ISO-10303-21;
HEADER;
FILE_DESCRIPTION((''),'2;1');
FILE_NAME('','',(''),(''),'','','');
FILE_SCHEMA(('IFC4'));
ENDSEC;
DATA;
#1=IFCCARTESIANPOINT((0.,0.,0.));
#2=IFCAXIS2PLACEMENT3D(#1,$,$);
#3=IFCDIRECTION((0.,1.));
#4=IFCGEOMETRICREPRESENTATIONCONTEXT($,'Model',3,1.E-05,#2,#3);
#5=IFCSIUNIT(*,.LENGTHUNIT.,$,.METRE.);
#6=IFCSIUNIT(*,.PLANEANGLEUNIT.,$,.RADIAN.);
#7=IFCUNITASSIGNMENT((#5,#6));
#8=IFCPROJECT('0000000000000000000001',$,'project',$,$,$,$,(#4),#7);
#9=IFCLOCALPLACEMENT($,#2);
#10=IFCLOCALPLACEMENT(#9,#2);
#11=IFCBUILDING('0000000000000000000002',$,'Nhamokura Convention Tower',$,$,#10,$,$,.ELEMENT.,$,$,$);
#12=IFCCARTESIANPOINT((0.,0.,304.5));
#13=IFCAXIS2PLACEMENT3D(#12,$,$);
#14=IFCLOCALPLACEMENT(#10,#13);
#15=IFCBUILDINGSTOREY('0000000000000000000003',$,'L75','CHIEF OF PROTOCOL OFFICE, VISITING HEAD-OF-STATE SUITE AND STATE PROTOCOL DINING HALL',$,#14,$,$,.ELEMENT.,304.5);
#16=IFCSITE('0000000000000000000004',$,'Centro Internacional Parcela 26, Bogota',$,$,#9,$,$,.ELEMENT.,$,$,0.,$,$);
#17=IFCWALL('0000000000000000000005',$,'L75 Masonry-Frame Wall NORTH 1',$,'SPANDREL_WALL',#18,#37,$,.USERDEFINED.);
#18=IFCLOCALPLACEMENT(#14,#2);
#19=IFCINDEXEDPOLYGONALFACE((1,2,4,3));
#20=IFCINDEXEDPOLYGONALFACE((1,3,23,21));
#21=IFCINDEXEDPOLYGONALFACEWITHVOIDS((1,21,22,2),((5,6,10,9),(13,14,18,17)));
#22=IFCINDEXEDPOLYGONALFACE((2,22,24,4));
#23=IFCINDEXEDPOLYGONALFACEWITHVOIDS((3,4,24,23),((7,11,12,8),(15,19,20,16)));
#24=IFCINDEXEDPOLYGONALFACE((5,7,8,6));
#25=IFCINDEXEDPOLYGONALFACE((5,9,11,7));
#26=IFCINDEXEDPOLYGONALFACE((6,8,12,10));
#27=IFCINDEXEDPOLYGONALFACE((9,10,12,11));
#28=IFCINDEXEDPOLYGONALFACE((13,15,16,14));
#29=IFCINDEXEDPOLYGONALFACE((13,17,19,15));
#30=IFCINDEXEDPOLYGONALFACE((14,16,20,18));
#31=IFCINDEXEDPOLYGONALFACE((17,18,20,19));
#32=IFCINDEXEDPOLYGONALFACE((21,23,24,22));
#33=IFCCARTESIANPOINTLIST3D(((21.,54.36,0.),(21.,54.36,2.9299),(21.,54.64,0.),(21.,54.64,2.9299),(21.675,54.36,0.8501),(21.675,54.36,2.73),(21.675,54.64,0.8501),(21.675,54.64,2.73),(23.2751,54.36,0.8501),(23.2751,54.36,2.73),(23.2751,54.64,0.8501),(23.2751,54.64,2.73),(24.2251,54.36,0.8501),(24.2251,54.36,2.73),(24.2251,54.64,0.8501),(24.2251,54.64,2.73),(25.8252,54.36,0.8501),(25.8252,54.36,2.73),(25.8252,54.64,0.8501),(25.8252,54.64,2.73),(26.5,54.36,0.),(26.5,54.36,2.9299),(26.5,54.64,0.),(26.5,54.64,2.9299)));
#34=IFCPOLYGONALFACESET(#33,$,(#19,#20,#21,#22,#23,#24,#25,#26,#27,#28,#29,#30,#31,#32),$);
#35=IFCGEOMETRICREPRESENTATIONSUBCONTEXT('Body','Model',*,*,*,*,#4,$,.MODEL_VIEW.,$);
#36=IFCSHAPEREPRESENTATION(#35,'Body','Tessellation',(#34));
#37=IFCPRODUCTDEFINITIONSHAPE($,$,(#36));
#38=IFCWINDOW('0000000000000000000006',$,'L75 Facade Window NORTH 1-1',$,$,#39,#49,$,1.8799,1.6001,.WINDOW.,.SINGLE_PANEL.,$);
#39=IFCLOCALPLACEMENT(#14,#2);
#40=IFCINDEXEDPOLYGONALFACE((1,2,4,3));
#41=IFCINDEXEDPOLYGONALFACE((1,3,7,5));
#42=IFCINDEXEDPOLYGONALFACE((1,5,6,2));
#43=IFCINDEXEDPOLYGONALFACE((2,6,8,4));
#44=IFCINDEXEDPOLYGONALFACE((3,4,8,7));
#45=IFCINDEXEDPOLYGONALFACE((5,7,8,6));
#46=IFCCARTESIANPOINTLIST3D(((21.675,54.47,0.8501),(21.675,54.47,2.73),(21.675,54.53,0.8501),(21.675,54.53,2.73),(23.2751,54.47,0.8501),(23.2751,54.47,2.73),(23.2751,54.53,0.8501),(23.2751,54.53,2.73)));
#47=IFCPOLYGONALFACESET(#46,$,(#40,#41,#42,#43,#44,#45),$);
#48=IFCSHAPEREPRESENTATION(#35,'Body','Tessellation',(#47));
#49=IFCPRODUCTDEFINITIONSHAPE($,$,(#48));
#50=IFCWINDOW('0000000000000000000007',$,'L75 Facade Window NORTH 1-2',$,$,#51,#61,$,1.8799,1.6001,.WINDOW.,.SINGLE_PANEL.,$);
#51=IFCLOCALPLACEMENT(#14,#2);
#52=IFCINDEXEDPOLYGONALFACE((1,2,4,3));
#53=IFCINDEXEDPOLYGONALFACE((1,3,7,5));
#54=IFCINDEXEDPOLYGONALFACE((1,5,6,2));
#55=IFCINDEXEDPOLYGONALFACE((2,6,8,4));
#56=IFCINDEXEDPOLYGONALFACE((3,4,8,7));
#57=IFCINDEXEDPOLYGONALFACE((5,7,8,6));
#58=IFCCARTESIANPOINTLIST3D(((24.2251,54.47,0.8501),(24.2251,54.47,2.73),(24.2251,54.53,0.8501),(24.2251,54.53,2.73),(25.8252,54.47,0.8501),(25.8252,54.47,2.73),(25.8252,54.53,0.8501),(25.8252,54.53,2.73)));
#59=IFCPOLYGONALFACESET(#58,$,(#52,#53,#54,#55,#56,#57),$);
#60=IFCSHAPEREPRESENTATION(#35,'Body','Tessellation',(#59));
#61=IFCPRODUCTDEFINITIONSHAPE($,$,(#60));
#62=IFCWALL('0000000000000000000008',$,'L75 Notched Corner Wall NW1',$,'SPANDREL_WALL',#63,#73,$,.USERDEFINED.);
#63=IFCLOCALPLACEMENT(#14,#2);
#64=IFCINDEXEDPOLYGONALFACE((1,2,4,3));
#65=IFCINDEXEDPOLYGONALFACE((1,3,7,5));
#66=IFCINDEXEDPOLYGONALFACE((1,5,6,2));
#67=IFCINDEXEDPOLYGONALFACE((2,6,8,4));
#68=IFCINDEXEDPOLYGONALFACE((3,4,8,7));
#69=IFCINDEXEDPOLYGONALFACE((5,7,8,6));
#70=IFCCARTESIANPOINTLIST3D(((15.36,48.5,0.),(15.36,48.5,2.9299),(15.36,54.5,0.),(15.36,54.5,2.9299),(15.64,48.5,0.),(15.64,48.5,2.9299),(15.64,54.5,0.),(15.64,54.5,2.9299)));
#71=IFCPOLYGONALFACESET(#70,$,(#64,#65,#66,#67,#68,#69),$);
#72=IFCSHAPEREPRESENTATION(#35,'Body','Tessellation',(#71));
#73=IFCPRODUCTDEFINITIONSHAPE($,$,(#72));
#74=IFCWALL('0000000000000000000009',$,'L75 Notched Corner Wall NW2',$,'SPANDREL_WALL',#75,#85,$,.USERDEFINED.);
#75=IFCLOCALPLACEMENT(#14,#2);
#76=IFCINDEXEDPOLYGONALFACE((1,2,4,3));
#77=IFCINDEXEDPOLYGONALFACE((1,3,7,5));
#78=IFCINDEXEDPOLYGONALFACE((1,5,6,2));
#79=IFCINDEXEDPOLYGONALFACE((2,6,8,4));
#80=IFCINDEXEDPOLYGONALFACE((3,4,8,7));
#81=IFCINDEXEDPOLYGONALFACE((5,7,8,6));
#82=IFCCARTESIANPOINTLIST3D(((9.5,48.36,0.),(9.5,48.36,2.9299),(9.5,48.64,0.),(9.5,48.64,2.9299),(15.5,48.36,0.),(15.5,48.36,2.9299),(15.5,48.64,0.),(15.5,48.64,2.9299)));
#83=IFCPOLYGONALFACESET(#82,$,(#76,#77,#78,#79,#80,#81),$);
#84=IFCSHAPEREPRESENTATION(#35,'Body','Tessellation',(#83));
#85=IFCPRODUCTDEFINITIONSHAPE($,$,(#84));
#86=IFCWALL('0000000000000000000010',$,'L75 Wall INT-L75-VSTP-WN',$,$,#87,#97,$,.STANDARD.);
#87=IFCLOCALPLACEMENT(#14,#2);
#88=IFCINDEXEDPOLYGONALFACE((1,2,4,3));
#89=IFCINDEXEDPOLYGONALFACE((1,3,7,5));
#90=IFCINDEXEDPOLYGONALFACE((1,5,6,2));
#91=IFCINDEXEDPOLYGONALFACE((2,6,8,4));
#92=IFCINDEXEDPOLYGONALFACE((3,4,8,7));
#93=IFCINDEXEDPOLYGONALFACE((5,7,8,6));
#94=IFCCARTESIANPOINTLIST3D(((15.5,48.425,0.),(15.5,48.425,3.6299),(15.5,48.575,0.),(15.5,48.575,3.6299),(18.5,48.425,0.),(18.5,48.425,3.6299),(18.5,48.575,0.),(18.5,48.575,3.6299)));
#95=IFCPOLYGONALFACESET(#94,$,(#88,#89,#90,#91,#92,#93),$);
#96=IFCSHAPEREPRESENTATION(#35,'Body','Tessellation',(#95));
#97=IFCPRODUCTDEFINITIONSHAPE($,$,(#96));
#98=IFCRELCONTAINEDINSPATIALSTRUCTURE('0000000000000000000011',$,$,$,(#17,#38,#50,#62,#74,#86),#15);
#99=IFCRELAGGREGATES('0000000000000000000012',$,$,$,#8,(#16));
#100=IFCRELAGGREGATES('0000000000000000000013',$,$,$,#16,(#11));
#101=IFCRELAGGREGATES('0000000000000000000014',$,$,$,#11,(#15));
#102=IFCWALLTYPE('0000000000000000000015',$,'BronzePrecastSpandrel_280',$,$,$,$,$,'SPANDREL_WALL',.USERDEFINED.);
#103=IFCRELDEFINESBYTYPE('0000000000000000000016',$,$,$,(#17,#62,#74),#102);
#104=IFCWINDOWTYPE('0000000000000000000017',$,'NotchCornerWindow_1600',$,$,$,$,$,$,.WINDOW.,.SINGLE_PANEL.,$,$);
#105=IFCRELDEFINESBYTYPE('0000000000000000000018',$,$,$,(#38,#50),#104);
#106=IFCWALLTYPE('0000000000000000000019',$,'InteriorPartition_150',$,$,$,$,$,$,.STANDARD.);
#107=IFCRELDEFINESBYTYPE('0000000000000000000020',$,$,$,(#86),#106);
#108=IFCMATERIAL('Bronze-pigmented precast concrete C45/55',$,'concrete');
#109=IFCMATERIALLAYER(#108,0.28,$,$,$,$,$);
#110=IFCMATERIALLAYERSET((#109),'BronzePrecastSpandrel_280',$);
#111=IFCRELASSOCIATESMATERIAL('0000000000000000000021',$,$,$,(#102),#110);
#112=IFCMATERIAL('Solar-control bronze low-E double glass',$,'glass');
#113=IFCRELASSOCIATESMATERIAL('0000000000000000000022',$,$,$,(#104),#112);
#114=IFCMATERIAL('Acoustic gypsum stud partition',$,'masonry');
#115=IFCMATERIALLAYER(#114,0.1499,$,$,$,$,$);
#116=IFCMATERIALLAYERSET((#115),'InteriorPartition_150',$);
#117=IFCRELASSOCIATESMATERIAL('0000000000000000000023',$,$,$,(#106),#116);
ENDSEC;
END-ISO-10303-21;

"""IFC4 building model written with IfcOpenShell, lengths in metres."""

from ifc_helpers import new_model, si_unit, direction, frame, frame_2d, origin, place, context, subcontext, project, spatial, rectangle, extrude, material, layer, layer_set, type_object, element, fill, save


model = new_model("IFC4")

# Units and contexts
model_context = context("Model", 3, precision=1e-05, world=origin(), true_north=direction((0.0, 1.0)))
body_context = subcontext(model_context, "Body", "Model", "MODEL_VIEW")
ifc_project = project(units=[si_unit("LENGTHUNIT", "METRE"), si_unit("PLANEANGLEUNIT", "RADIAN")], contexts=[model_context])

# Site, building, storey
site_placement = place(None, origin())
site = spatial("IfcSite", under=ifc_project, at=site_placement, Name="Centro Internacional Parcela 26, Bogota", CompositionType="ELEMENT", RefElevation=0.0)
building_placement = place(site_placement, origin())
building = spatial("IfcBuilding", under=site, at=building_placement, Name="Nhamokura Convention Tower", CompositionType="ELEMENT")
storey_placement = place(building_placement, frame((0.0, 0.0, 304.5)))
storey = spatial("IfcBuildingStorey", under=building, at=storey_placement, Name="L75", Description="CHIEF OF PROTOCOL OFFICE, VISITING HEAD-OF-STATE SUITE AND STATE PROTOCOL DINING HALL", CompositionType="ELEMENT", Elevation=304.5)

# Shared definitions
ifc_material_1 = material(Name="Bronze-pigmented precast concrete C45/55", Category="concrete")
ifc_layer_1 = layer(ifc_material_1, 0.28)
ifc_layer_set_1 = layer_set([ifc_layer_1], Name="BronzePrecastSpandrel_280")
wall_type_1 = type_object("IfcWallType", Name="BronzePrecastSpandrel_280", ElementType="SPANDREL_WALL", PredefinedType="USERDEFINED", material=ifc_layer_set_1)

# Wall, openings, windows
wall_1_placement = place(storey_placement, frame((21.0, 54.5, 0.0), z_axis=(0.0, 0.0, 1.0), x_axis=(1.0, 0.0, 0.0)))
wall_1 = element("IfcWall", 1, at=wall_1_placement, inside=storey, type_object=wall_type_1, Name="L75 Masonry-Frame Wall NORTH 1", ObjectType="SPANDREL_WALL", PredefinedType="USERDEFINED", context=body_context, shape_type="SweptSolid", body=[
    extrude(rectangle(XDim=5.5, YDim=0.28, at=frame_2d((2.75, 0.0))), origin(), (0.0, 0.0, 1.0), 2.9299),
])
opening_1_placement = place(wall_1_placement, frame((0.675, 0.0, 0.8501)))
opening_1 = element("IfcOpeningElement", 2, at=opening_1_placement, cuts=wall_1, PredefinedType="OPENING", context=body_context, shape_type="SweptSolid", body=[
    extrude(rectangle(XDim=1.6001, YDim=1.8799, at=frame_2d((0.8, 0.9399))), frame((0.0, 0.1499, 0.0), z_axis=(0.0, -1.0, 0.0), x_axis=(1.0, 0.0, 0.0)), (0.0, 0.0, 1.0), 0.3),
])
opening_2_placement = place(wall_1_placement, frame((3.2251, 0.0, 0.8501)))
opening_2 = element("IfcOpeningElement", 3, at=opening_2_placement, cuts=wall_1, PredefinedType="OPENING", context=body_context, shape_type="SweptSolid", body=[
    extrude(rectangle(XDim=1.6001, YDim=1.8799, at=frame_2d((0.8, 0.9399))), frame((0.0, 0.1499, 0.0), z_axis=(0.0, -1.0, 0.0), x_axis=(1.0, 0.0, 0.0)), (0.0, 0.0, 1.0), 0.3),
])
ifc_material_2 = material(Name="Solar-control bronze low-E double glass", Category="glass")
window_type = type_object("IfcWindowType", Name="NotchCornerWindow_1600", PartitioningType="SINGLE_PANEL", PredefinedType="WINDOW", material=ifc_material_2)
window_1_placement = place(opening_1_placement, origin())
window_1 = element("IfcWindow", 4, at=window_1_placement, inside=storey, type_object=window_type, Name="L75 Facade Window NORTH 1-1", OverallHeight=1.8799, OverallWidth=1.6001, PartitioningType="SINGLE_PANEL", PredefinedType="WINDOW", context=body_context, shape_type="SweptSolid", body=[
    extrude(rectangle(XDim=1.6001, YDim=1.8799, at=frame_2d((0.8, 0.9399))), frame((0.0, 0.03, 0.0), z_axis=(0.0, -1.0, 0.0), x_axis=(1.0, 0.0, 0.0)), (0.0, 0.0, 1.0), 0.0601),
])
fill(opening_1, window_1)
window_2_placement = place(opening_2_placement, origin())
window_2 = element("IfcWindow", 5, at=window_2_placement, inside=storey, type_object=window_type, Name="L75 Facade Window NORTH 1-2", OverallHeight=1.8799, OverallWidth=1.6001, PartitioningType="SINGLE_PANEL", PredefinedType="WINDOW", context=body_context, shape_type="SweptSolid", body=[
    extrude(rectangle(XDim=1.6001, YDim=1.8799, at=frame_2d((0.8, 0.9399))), frame((0.0, 0.03, 0.0), z_axis=(0.0, -1.0, 0.0), x_axis=(1.0, 0.0, 0.0)), (0.0, 0.0, 1.0), 0.0601),
])
fill(opening_2, window_2)

# Walls
for number, where, z_axis, x_axis, name in (
    (6, (15.5, 48.5, 0.0), (0.0, 0.0, 1.0), (0.0, 1.0, 0.0), "L75 Notched Corner Wall NW1"),
    (7, (9.5, 48.5, 0.0), (0.0, 0.0, 1.0), (1.0, 0.0, 0.0), "L75 Notched Corner Wall NW2"),
):
    element("IfcWall", number, at=place(storey_placement, frame(where, z_axis=z_axis, x_axis=x_axis)), inside=storey, type_object=wall_type_1, Name=name, ObjectType="SPANDREL_WALL", PredefinedType="USERDEFINED", context=body_context, shape_type="SweptSolid", body=[
        extrude(rectangle(XDim=6.0, YDim=0.28, at=frame_2d((3.0, 0.0))), origin(), (0.0, 0.0, 1.0), 2.9299),
    ])
ifc_material_3 = material(Name="Acoustic gypsum stud partition", Category="masonry")
ifc_layer_2 = layer(ifc_material_3, 0.1499)
ifc_layer_set_2 = layer_set([ifc_layer_2], Name="InteriorPartition_150")
wall_type_2 = type_object("IfcWallType", Name="InteriorPartition_150", PredefinedType="STANDARD", material=ifc_layer_set_2)
wall_2_placement = place(storey_placement, frame((15.5, 48.5, 0.0), z_axis=(0.0, 0.0, 1.0), x_axis=(1.0, 0.0, 0.0)))
element("IfcWall", 8, at=wall_2_placement, inside=storey, type_object=wall_type_2, Name="L75 Wall INT-L75-VSTP-WN", PredefinedType="STANDARD", context=body_context, shape_type="SweptSolid", body=[
    extrude(rectangle(XDim=3.0, YDim=0.1499, at=frame_2d((1.5, 0.0))), origin(), (0.0, 0.0, 1.0), 3.6299),
])

save(model, "model.ifc")
